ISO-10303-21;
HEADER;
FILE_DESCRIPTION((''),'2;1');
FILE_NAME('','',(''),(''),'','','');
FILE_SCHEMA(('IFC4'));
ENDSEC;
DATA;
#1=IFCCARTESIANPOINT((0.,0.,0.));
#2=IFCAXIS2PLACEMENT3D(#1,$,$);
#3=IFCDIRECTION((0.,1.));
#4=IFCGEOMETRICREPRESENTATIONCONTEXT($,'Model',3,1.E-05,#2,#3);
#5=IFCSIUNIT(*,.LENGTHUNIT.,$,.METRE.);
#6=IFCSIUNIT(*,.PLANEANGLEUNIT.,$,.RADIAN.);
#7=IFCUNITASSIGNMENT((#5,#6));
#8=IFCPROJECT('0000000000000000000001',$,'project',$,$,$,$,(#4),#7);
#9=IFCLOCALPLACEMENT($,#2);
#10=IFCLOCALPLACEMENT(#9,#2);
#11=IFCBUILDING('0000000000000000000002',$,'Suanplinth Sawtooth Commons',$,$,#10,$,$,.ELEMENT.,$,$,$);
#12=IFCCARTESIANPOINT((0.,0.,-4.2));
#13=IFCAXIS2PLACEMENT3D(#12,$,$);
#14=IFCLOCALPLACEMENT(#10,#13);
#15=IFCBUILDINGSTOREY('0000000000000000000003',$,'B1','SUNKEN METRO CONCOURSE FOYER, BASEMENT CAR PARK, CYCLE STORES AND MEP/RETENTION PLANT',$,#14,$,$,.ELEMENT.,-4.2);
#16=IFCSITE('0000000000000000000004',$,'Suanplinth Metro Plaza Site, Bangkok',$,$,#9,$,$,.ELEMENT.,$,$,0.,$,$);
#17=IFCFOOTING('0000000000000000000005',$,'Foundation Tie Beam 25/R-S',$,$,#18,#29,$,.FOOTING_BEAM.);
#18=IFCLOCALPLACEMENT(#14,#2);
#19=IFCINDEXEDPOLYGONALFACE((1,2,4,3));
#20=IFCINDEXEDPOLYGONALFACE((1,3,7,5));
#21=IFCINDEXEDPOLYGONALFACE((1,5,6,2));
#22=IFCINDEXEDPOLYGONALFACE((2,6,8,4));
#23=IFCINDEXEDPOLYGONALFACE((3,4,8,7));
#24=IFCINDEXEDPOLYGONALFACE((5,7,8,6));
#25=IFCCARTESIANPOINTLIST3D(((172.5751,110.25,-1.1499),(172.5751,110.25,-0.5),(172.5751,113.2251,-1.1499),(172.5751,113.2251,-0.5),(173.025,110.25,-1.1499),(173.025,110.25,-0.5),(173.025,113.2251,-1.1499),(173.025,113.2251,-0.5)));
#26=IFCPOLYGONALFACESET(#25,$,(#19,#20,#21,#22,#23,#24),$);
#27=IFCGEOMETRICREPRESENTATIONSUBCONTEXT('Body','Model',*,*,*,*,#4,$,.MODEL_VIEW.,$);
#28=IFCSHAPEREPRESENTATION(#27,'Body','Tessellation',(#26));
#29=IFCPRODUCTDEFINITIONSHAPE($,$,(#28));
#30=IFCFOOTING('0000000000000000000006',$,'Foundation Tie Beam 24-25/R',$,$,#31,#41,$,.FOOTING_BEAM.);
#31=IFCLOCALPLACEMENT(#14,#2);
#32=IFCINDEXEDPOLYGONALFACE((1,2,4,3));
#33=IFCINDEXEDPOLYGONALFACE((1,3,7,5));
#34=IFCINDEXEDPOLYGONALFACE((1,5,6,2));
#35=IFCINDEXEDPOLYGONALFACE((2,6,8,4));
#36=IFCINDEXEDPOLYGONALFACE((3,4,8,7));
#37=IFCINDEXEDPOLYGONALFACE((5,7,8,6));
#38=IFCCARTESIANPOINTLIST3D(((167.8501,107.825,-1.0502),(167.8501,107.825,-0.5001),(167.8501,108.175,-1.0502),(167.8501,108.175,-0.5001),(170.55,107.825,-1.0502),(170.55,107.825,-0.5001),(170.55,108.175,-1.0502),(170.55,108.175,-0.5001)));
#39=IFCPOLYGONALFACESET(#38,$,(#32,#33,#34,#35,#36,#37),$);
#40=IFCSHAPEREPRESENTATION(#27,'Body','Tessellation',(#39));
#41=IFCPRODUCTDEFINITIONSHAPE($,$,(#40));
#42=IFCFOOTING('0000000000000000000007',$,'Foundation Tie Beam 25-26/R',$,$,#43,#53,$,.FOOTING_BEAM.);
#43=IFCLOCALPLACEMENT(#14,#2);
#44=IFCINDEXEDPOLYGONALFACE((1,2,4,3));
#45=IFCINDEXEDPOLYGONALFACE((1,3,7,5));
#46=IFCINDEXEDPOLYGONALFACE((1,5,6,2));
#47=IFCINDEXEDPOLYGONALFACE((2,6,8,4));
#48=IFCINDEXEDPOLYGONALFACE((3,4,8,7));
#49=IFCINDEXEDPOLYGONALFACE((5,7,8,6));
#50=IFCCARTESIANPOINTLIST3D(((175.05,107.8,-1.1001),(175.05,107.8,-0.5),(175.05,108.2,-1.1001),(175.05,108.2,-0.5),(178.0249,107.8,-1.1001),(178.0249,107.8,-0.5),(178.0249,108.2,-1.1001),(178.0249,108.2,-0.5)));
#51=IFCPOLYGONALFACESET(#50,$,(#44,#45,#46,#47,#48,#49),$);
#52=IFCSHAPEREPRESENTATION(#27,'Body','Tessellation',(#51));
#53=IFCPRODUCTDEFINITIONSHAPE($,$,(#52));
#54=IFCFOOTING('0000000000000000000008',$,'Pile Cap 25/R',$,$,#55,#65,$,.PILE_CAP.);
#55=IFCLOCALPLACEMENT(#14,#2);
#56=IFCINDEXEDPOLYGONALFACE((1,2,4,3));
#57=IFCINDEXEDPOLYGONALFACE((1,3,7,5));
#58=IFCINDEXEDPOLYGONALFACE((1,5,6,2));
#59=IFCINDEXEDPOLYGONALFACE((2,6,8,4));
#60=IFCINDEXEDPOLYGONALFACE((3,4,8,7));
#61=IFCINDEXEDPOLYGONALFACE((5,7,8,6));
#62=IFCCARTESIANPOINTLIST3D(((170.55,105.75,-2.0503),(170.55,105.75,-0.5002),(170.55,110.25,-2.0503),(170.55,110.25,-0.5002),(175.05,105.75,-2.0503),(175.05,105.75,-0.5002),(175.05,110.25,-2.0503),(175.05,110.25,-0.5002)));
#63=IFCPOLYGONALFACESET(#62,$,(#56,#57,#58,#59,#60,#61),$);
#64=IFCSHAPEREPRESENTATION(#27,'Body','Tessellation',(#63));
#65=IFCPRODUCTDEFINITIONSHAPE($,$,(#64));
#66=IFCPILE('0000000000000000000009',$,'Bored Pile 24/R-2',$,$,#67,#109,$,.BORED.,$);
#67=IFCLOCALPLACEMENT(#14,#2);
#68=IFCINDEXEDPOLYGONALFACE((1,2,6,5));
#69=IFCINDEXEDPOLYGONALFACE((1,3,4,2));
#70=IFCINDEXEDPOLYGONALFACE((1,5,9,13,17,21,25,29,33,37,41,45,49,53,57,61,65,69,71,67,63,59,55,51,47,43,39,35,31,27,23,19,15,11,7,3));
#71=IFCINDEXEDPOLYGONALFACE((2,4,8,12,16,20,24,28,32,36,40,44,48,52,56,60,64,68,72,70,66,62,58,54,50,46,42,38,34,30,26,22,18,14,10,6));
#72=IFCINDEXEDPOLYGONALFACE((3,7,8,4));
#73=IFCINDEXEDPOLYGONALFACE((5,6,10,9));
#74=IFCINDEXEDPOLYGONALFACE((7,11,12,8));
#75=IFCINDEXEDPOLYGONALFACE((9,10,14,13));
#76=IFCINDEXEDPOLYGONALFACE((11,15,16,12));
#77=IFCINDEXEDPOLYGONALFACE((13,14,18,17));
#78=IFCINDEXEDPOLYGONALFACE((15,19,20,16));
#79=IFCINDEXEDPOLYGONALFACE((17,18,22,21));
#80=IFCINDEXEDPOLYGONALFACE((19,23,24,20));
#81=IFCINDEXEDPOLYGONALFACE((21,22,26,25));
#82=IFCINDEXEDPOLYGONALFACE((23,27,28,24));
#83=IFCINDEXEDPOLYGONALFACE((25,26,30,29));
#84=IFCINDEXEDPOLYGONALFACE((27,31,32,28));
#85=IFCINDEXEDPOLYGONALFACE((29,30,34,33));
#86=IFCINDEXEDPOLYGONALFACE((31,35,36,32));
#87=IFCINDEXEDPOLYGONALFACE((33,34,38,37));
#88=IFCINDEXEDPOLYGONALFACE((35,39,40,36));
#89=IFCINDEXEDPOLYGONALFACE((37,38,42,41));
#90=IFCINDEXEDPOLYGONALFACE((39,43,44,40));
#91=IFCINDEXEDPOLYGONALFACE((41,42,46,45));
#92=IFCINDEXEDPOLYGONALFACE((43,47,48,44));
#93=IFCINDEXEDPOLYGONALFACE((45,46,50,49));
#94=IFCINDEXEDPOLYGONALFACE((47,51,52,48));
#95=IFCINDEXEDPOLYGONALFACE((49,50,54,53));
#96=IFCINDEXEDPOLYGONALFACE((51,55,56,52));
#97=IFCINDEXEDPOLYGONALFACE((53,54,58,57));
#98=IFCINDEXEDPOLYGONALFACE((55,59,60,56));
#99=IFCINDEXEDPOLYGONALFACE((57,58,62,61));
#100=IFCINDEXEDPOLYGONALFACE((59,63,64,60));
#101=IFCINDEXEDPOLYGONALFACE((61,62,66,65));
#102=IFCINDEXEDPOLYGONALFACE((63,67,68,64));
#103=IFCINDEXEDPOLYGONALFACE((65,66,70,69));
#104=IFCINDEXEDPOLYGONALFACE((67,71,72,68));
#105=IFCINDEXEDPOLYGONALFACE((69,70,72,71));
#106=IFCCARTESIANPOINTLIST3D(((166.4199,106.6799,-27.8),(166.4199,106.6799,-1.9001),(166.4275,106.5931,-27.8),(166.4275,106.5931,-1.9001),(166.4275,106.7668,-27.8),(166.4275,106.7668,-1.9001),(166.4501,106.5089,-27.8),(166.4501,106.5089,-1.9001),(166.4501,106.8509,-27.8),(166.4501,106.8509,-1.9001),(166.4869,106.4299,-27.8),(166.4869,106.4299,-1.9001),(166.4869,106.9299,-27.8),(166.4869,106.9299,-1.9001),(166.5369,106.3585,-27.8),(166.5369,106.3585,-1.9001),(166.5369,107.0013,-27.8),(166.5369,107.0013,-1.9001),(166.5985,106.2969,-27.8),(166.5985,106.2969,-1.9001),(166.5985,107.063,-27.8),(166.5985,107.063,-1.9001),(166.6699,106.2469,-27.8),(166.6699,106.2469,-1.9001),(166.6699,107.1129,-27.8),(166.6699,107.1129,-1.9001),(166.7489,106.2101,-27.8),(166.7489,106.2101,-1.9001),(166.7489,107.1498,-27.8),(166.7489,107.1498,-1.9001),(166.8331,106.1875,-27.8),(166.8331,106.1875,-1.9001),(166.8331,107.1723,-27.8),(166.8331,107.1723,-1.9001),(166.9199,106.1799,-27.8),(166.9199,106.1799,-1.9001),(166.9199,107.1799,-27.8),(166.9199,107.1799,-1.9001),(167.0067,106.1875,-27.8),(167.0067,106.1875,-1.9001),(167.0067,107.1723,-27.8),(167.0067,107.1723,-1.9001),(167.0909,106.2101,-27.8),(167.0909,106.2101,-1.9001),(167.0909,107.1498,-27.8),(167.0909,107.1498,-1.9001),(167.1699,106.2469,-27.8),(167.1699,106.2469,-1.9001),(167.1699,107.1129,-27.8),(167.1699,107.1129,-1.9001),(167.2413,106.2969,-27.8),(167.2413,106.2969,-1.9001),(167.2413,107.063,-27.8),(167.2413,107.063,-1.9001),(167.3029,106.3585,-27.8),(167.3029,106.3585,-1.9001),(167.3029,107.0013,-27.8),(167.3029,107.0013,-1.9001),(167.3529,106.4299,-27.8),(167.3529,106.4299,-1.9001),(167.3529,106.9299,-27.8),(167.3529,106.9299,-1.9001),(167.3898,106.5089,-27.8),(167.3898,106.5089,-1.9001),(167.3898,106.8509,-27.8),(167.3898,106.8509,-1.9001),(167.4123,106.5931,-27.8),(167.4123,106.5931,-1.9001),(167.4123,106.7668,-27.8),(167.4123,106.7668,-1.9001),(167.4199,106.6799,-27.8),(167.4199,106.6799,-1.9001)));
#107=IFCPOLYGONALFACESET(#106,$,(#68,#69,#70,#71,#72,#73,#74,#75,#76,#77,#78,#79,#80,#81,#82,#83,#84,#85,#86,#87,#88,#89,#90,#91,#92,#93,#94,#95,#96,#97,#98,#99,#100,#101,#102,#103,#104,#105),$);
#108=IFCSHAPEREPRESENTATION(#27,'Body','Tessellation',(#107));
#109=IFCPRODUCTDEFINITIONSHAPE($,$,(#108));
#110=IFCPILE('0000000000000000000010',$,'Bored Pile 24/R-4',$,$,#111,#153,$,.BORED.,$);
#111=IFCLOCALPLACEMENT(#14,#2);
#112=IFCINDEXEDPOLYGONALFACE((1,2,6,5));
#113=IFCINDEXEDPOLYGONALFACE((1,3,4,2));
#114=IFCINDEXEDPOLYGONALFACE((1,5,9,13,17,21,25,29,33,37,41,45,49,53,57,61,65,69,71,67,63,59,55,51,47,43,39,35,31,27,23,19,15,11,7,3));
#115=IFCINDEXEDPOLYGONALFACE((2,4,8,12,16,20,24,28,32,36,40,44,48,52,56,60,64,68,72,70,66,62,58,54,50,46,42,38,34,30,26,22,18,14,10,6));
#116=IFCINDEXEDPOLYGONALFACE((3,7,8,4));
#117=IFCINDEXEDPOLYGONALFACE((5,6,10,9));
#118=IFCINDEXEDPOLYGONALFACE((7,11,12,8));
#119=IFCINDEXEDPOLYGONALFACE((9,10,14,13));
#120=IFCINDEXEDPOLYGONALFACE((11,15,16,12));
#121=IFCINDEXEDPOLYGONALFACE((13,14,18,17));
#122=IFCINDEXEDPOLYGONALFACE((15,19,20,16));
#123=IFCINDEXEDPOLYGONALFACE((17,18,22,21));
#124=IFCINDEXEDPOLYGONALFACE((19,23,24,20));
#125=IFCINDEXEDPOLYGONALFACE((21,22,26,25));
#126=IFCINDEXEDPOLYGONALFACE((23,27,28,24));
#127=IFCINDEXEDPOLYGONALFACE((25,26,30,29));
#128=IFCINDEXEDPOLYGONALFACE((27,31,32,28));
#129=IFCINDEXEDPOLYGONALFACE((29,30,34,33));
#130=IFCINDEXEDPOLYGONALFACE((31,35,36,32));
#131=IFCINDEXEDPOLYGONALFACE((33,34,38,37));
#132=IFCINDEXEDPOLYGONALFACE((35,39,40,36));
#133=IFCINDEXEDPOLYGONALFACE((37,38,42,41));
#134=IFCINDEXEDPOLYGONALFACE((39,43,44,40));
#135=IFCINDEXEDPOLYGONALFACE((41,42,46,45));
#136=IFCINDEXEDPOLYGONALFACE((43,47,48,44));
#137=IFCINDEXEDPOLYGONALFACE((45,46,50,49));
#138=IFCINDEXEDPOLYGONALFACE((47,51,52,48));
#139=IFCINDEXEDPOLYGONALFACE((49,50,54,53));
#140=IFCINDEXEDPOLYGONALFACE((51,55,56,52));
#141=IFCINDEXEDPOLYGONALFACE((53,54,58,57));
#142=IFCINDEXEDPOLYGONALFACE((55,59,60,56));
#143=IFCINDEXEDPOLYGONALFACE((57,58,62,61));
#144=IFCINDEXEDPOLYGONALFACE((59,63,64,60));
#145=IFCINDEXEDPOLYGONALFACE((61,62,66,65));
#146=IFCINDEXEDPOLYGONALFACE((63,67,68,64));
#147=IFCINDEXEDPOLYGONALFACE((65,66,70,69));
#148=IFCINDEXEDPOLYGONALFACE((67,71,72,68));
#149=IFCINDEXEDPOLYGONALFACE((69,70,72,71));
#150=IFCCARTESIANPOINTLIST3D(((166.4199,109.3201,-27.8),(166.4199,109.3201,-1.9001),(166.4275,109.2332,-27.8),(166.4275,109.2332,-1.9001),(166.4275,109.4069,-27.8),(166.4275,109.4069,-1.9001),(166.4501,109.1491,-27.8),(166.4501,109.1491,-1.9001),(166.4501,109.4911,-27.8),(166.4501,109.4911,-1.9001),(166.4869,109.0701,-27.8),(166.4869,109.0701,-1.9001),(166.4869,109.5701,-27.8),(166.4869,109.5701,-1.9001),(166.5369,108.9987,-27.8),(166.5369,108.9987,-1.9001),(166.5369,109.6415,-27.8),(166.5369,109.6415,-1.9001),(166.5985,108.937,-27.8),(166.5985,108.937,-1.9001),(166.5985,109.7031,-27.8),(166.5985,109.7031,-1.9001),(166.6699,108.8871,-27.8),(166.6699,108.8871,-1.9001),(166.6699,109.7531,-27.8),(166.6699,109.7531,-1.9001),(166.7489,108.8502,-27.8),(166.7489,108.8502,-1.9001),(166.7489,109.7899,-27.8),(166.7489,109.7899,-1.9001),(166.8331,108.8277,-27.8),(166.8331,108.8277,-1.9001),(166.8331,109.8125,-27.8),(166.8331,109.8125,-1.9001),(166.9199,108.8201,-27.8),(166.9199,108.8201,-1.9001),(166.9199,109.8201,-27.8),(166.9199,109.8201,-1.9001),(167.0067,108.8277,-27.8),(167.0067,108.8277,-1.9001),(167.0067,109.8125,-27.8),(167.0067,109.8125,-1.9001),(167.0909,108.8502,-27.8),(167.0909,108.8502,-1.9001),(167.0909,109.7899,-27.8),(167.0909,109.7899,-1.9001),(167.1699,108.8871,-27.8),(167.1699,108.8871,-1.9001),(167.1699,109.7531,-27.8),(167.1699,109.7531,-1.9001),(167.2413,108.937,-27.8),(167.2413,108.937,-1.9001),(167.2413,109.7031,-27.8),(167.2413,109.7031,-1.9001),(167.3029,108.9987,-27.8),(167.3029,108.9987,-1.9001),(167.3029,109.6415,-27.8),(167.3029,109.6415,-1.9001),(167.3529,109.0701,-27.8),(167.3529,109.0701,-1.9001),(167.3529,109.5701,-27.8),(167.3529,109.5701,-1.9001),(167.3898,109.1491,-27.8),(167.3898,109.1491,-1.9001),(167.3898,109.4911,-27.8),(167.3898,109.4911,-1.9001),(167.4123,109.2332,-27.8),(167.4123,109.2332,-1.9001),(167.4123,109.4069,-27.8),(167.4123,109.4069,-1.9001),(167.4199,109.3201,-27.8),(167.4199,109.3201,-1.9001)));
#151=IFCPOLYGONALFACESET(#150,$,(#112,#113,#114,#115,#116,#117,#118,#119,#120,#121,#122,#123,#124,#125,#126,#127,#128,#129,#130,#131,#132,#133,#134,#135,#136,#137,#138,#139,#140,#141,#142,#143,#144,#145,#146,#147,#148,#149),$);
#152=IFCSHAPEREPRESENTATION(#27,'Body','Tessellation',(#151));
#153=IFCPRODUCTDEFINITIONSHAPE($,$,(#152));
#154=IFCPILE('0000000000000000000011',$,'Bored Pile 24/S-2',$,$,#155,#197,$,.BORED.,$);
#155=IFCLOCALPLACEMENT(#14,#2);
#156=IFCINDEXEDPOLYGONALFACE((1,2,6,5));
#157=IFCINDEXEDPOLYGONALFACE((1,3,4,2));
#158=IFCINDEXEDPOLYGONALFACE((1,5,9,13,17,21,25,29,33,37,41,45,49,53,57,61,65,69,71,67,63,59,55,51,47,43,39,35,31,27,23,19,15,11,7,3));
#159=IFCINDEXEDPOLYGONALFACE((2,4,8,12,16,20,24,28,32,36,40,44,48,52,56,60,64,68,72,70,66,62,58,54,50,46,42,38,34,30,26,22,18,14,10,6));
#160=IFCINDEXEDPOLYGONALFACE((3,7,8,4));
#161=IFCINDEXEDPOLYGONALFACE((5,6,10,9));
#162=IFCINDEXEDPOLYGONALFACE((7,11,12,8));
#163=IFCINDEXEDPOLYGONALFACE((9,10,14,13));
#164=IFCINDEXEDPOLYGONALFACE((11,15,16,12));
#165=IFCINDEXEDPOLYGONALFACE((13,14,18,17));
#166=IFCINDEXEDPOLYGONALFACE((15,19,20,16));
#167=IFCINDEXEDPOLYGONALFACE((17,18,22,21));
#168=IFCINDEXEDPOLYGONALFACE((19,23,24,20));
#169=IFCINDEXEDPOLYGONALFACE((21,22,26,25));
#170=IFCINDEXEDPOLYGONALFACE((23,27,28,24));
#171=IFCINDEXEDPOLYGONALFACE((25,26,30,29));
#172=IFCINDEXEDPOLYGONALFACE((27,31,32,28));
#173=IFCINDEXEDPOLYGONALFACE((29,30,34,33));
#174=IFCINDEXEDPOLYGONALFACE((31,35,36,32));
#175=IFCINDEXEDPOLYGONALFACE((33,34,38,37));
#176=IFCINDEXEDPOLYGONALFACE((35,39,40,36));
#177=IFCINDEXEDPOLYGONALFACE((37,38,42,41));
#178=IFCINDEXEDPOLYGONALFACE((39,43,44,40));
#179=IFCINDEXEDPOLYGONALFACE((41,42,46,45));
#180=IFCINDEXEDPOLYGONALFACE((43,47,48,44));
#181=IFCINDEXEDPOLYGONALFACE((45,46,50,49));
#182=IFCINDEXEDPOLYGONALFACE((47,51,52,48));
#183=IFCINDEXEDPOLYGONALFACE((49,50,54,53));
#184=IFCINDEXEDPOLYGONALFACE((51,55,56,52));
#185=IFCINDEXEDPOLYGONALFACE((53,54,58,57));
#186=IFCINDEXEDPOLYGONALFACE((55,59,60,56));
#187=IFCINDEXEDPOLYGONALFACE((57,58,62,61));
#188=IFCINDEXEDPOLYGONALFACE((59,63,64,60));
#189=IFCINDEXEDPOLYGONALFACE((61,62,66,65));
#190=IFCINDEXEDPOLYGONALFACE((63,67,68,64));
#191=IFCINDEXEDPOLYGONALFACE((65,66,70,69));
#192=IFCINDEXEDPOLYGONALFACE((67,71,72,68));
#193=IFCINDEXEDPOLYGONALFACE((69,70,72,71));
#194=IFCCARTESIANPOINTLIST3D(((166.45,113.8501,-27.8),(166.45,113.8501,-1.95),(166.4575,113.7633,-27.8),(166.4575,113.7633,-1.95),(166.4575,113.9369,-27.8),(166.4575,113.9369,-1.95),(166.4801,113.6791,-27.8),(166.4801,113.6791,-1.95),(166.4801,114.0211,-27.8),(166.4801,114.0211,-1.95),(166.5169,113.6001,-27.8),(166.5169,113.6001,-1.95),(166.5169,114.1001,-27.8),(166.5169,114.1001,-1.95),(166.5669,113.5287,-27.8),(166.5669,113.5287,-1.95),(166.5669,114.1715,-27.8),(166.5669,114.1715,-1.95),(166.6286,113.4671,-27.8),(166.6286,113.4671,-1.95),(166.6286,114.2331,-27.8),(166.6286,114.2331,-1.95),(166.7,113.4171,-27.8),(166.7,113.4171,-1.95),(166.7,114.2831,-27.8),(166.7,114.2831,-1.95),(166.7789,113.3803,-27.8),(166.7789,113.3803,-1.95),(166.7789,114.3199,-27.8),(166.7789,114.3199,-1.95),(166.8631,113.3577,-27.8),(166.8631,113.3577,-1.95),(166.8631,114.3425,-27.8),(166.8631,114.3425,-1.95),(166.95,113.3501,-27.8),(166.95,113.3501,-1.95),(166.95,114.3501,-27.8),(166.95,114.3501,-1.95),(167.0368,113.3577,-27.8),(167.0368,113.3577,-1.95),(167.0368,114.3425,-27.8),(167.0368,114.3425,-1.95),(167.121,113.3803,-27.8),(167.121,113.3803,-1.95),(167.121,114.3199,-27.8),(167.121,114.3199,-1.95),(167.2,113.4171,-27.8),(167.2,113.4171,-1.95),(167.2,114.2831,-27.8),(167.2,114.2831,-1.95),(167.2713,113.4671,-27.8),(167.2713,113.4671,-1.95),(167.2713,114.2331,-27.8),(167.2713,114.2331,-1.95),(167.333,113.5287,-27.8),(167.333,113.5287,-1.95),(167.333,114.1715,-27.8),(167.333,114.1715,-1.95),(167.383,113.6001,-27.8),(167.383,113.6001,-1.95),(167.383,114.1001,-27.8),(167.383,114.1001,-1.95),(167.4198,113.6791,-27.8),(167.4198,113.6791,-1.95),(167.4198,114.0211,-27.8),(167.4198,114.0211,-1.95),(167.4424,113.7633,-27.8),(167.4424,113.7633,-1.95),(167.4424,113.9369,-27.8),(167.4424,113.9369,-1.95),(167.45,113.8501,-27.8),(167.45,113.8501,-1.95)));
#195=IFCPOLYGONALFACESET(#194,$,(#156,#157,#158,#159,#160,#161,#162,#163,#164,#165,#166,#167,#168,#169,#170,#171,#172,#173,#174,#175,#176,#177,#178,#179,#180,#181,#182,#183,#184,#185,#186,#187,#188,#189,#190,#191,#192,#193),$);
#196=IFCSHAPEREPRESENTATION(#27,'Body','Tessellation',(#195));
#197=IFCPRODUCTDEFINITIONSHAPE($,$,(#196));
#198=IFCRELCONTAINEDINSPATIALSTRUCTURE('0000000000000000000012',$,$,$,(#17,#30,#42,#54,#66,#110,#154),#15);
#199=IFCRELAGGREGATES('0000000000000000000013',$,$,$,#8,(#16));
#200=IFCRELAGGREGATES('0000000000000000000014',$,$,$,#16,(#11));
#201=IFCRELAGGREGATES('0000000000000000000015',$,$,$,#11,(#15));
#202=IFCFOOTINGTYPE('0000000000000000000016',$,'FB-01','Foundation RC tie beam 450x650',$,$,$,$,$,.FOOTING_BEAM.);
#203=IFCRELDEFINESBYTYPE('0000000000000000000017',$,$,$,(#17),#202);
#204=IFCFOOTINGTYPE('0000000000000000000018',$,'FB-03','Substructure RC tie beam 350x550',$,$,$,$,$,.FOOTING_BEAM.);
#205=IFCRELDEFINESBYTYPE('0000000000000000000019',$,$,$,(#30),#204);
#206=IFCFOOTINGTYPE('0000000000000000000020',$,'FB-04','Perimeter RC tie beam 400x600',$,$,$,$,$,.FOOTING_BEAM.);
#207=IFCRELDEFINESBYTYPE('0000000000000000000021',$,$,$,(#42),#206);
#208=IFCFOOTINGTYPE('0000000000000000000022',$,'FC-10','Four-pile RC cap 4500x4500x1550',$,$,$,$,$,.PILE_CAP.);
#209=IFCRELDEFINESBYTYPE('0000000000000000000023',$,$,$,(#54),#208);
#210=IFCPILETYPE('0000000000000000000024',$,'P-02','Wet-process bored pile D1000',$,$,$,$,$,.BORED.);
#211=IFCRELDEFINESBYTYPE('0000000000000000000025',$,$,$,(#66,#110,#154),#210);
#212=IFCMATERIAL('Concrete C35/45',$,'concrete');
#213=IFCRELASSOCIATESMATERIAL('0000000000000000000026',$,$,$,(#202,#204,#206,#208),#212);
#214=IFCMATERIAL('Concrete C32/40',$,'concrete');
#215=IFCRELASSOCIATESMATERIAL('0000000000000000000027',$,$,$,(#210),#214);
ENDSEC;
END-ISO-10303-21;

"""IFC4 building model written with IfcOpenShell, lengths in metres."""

from ifc_helpers import new_model, si_unit, direction, frame, origin, origin_2d, place, context, subcontext, project, spatial, rectangle, circle, extrude, material, material_profile, profile_set, type_object, element, save


model = new_model("IFC4")

# Units and contexts
model_context = context("Model", 3, precision=1e-05, world=origin(), true_north=direction((0.0, 1.0)))
body_context = subcontext(model_context, "Body", "Model", "MODEL_VIEW")
ifc_project = project(units=[si_unit("LENGTHUNIT", "METRE"), si_unit("PLANEANGLEUNIT", "RADIAN")], contexts=[model_context])

# Site, building, storey
site_placement = place(None, origin())
site = spatial("IfcSite", under=ifc_project, at=site_placement, Name="Suanplinth Metro Plaza Site, Bangkok", CompositionType="ELEMENT", RefElevation=0.0)
building_placement = place(site_placement, origin())
building = spatial("IfcBuilding", under=site, at=building_placement, Name="Suanplinth Sawtooth Commons", CompositionType="ELEMENT")
storey_placement = place(building_placement, frame((0.0, 0.0, -4.2)))
storey = spatial("IfcBuildingStorey", under=building, at=storey_placement, Name="B1", Description="SUNKEN METRO CONCOURSE FOYER, BASEMENT CAR PARK, CYCLE STORES AND MEP/RETENTION PLANT", CompositionType="ELEMENT", Elevation=-4.2)

# Footings
ifc_material_1 = material(Name="Concrete C35/45", Category="concrete")
ifc_material_profile_1 = material_profile(ifc_material_1, rectangle(XDim=0.45, YDim=0.6499, at=origin_2d()), Name="PC-GDR 450x650")
ifc_profile_set_1 = profile_set([ifc_material_profile_1], Name="Concrete C35/45")
footing_type_1 = type_object("IfcFootingType", Name="FB-01", Description="Foundation RC tie beam 450x650", PredefinedType="FOOTING_BEAM", material=ifc_profile_set_1)
footing_1_placement = place(storey_placement, frame((172.8, 110.25, -0.825), z_axis=(0.0, 1.0, 0.0), x_axis=(-1.0, 0.0, 0.0)))
element("IfcFooting", 1, at=footing_1_placement, inside=storey, type_object=footing_type_1, Name="Foundation Tie Beam 25/R-S", PredefinedType="FOOTING_BEAM", context=body_context, shape_type="SweptSolid", body=[
    extrude(rectangle(XDim=0.45, YDim=0.6499, at=origin_2d()), origin(), (0.0, 0.0, 1.0), 2.9751),
])
ifc_material_profile_2 = material_profile(ifc_material_1, rectangle(XDim=0.3501, YDim=0.55, at=origin_2d()), Name="PC-BM 350x550")
ifc_profile_set_2 = profile_set([ifc_material_profile_2], Name="Concrete C35/45")
footing_type_2 = type_object("IfcFootingType", Name="FB-03", Description="Substructure RC tie beam 350x550", PredefinedType="FOOTING_BEAM", material=ifc_profile_set_2)
footing_2_placement = place(storey_placement, frame((167.8501, 108.0, -0.7751), z_axis=(1.0, 0.0, 0.0), x_axis=(0.0, 1.0, 0.0)))
element("IfcFooting", 2, at=footing_2_placement, inside=storey, type_object=footing_type_2, Name="Foundation Tie Beam 24-25/R", PredefinedType="FOOTING_BEAM", context=body_context, shape_type="SweptSolid", body=[
    extrude(rectangle(XDim=0.3501, YDim=0.55, at=origin_2d()), origin(), (0.0, 0.0, 1.0), 2.7),
])
ifc_material_profile_3 = material_profile(ifc_material_1, rectangle(XDim=0.3999, YDim=0.6001, at=origin_2d()), Name="PC-GDR 400x600")
ifc_profile_set_3 = profile_set([ifc_material_profile_3], Name="Concrete C35/45")
footing_type_3 = type_object("IfcFootingType", Name="FB-04", Description="Perimeter RC tie beam 400x600", PredefinedType="FOOTING_BEAM", material=ifc_profile_set_3)
footing_3_placement = place(storey_placement, frame((175.05, 108.0, -0.8), z_axis=(1.0, 0.0, 0.0), x_axis=(0.0, 1.0, 0.0)))
element("IfcFooting", 3, at=footing_3_placement, inside=storey, type_object=footing_type_3, Name="Foundation Tie Beam 25-26/R", PredefinedType="FOOTING_BEAM", context=body_context, shape_type="SweptSolid", body=[
    extrude(rectangle(XDim=0.3999, YDim=0.6001, at=origin_2d()), origin(), (0.0, 0.0, 1.0), 2.9749),
])
footing_type_4 = type_object("IfcFootingType", Name="FC-10", Description="Four-pile RC cap 4500x4500x1550", PredefinedType="PILE_CAP", material=ifc_material_1)
footing_4_placement = place(storey_placement, frame((172.8, 108.0, -2.0503), z_axis=(0.0, 0.0, 1.0), x_axis=(1.0, 0.0, 0.0)))
element("IfcFooting", 4, at=footing_4_placement, inside=storey, type_object=footing_type_4, Name="Pile Cap 25/R", PredefinedType="PILE_CAP", context=body_context, shape_type="SweptSolid", body=[
    extrude(rectangle(XDim=4.5, YDim=4.5, at=origin_2d()), origin(), (0.0, 0.0, 1.0), 1.55),
])

# Piles
ifc_material_2 = material(Name="Concrete C32/40", Category="concrete")
ifc_material_profile_4 = material_profile(ifc_material_2, circle(Radius=0.5, at=origin_2d()), Name="PILE D1000")
ifc_profile_set_4 = profile_set([ifc_material_profile_4], Name="Concrete C32/40")
pile_type = type_object("IfcPileType", Name="P-02", Description="Wet-process bored pile D1000", PredefinedType="BORED", material=ifc_profile_set_4)
for number, where, z_axis, x_axis, name in (
    (5, (166.9199, 106.6799, -1.9001), (0.0, 0.0, -1.0), (1.0, 0.0, 0.0), "Bored Pile 24/R-2"),
    (6, (166.9199, 109.3201, -1.9001), (0.0, 0.0, -1.0), (1.0, 0.0, 0.0), "Bored Pile 24/R-4"),
):
    element("IfcPile", number, at=place(storey_placement, frame(where, z_axis=z_axis, x_axis=x_axis)), inside=storey, type_object=pile_type, Name=name, PredefinedType="BORED", context=body_context, shape_type="SweptSolid", body=[
        extrude(circle(Radius=0.5, at=origin_2d()), origin(), (0.0, 0.0, 1.0), 25.8999),
    ])
for number, where, z_axis, x_axis, name in (
    (7, (166.95, 113.8501, -1.95), (0.0, 0.0, -1.0), (1.0, 0.0, 0.0), "Bored Pile 24/S-2"),
):
    element("IfcPile", number, at=place(storey_placement, frame(where, z_axis=z_axis, x_axis=x_axis)), inside=storey, type_object=pile_type, Name=name, PredefinedType="BORED", context=body_context, shape_type="SweptSolid", body=[
        extrude(circle(Radius=0.5, at=origin_2d()), origin(), (0.0, 0.0, 1.0), 25.8501),
    ])

save(model, "model.ifc")
